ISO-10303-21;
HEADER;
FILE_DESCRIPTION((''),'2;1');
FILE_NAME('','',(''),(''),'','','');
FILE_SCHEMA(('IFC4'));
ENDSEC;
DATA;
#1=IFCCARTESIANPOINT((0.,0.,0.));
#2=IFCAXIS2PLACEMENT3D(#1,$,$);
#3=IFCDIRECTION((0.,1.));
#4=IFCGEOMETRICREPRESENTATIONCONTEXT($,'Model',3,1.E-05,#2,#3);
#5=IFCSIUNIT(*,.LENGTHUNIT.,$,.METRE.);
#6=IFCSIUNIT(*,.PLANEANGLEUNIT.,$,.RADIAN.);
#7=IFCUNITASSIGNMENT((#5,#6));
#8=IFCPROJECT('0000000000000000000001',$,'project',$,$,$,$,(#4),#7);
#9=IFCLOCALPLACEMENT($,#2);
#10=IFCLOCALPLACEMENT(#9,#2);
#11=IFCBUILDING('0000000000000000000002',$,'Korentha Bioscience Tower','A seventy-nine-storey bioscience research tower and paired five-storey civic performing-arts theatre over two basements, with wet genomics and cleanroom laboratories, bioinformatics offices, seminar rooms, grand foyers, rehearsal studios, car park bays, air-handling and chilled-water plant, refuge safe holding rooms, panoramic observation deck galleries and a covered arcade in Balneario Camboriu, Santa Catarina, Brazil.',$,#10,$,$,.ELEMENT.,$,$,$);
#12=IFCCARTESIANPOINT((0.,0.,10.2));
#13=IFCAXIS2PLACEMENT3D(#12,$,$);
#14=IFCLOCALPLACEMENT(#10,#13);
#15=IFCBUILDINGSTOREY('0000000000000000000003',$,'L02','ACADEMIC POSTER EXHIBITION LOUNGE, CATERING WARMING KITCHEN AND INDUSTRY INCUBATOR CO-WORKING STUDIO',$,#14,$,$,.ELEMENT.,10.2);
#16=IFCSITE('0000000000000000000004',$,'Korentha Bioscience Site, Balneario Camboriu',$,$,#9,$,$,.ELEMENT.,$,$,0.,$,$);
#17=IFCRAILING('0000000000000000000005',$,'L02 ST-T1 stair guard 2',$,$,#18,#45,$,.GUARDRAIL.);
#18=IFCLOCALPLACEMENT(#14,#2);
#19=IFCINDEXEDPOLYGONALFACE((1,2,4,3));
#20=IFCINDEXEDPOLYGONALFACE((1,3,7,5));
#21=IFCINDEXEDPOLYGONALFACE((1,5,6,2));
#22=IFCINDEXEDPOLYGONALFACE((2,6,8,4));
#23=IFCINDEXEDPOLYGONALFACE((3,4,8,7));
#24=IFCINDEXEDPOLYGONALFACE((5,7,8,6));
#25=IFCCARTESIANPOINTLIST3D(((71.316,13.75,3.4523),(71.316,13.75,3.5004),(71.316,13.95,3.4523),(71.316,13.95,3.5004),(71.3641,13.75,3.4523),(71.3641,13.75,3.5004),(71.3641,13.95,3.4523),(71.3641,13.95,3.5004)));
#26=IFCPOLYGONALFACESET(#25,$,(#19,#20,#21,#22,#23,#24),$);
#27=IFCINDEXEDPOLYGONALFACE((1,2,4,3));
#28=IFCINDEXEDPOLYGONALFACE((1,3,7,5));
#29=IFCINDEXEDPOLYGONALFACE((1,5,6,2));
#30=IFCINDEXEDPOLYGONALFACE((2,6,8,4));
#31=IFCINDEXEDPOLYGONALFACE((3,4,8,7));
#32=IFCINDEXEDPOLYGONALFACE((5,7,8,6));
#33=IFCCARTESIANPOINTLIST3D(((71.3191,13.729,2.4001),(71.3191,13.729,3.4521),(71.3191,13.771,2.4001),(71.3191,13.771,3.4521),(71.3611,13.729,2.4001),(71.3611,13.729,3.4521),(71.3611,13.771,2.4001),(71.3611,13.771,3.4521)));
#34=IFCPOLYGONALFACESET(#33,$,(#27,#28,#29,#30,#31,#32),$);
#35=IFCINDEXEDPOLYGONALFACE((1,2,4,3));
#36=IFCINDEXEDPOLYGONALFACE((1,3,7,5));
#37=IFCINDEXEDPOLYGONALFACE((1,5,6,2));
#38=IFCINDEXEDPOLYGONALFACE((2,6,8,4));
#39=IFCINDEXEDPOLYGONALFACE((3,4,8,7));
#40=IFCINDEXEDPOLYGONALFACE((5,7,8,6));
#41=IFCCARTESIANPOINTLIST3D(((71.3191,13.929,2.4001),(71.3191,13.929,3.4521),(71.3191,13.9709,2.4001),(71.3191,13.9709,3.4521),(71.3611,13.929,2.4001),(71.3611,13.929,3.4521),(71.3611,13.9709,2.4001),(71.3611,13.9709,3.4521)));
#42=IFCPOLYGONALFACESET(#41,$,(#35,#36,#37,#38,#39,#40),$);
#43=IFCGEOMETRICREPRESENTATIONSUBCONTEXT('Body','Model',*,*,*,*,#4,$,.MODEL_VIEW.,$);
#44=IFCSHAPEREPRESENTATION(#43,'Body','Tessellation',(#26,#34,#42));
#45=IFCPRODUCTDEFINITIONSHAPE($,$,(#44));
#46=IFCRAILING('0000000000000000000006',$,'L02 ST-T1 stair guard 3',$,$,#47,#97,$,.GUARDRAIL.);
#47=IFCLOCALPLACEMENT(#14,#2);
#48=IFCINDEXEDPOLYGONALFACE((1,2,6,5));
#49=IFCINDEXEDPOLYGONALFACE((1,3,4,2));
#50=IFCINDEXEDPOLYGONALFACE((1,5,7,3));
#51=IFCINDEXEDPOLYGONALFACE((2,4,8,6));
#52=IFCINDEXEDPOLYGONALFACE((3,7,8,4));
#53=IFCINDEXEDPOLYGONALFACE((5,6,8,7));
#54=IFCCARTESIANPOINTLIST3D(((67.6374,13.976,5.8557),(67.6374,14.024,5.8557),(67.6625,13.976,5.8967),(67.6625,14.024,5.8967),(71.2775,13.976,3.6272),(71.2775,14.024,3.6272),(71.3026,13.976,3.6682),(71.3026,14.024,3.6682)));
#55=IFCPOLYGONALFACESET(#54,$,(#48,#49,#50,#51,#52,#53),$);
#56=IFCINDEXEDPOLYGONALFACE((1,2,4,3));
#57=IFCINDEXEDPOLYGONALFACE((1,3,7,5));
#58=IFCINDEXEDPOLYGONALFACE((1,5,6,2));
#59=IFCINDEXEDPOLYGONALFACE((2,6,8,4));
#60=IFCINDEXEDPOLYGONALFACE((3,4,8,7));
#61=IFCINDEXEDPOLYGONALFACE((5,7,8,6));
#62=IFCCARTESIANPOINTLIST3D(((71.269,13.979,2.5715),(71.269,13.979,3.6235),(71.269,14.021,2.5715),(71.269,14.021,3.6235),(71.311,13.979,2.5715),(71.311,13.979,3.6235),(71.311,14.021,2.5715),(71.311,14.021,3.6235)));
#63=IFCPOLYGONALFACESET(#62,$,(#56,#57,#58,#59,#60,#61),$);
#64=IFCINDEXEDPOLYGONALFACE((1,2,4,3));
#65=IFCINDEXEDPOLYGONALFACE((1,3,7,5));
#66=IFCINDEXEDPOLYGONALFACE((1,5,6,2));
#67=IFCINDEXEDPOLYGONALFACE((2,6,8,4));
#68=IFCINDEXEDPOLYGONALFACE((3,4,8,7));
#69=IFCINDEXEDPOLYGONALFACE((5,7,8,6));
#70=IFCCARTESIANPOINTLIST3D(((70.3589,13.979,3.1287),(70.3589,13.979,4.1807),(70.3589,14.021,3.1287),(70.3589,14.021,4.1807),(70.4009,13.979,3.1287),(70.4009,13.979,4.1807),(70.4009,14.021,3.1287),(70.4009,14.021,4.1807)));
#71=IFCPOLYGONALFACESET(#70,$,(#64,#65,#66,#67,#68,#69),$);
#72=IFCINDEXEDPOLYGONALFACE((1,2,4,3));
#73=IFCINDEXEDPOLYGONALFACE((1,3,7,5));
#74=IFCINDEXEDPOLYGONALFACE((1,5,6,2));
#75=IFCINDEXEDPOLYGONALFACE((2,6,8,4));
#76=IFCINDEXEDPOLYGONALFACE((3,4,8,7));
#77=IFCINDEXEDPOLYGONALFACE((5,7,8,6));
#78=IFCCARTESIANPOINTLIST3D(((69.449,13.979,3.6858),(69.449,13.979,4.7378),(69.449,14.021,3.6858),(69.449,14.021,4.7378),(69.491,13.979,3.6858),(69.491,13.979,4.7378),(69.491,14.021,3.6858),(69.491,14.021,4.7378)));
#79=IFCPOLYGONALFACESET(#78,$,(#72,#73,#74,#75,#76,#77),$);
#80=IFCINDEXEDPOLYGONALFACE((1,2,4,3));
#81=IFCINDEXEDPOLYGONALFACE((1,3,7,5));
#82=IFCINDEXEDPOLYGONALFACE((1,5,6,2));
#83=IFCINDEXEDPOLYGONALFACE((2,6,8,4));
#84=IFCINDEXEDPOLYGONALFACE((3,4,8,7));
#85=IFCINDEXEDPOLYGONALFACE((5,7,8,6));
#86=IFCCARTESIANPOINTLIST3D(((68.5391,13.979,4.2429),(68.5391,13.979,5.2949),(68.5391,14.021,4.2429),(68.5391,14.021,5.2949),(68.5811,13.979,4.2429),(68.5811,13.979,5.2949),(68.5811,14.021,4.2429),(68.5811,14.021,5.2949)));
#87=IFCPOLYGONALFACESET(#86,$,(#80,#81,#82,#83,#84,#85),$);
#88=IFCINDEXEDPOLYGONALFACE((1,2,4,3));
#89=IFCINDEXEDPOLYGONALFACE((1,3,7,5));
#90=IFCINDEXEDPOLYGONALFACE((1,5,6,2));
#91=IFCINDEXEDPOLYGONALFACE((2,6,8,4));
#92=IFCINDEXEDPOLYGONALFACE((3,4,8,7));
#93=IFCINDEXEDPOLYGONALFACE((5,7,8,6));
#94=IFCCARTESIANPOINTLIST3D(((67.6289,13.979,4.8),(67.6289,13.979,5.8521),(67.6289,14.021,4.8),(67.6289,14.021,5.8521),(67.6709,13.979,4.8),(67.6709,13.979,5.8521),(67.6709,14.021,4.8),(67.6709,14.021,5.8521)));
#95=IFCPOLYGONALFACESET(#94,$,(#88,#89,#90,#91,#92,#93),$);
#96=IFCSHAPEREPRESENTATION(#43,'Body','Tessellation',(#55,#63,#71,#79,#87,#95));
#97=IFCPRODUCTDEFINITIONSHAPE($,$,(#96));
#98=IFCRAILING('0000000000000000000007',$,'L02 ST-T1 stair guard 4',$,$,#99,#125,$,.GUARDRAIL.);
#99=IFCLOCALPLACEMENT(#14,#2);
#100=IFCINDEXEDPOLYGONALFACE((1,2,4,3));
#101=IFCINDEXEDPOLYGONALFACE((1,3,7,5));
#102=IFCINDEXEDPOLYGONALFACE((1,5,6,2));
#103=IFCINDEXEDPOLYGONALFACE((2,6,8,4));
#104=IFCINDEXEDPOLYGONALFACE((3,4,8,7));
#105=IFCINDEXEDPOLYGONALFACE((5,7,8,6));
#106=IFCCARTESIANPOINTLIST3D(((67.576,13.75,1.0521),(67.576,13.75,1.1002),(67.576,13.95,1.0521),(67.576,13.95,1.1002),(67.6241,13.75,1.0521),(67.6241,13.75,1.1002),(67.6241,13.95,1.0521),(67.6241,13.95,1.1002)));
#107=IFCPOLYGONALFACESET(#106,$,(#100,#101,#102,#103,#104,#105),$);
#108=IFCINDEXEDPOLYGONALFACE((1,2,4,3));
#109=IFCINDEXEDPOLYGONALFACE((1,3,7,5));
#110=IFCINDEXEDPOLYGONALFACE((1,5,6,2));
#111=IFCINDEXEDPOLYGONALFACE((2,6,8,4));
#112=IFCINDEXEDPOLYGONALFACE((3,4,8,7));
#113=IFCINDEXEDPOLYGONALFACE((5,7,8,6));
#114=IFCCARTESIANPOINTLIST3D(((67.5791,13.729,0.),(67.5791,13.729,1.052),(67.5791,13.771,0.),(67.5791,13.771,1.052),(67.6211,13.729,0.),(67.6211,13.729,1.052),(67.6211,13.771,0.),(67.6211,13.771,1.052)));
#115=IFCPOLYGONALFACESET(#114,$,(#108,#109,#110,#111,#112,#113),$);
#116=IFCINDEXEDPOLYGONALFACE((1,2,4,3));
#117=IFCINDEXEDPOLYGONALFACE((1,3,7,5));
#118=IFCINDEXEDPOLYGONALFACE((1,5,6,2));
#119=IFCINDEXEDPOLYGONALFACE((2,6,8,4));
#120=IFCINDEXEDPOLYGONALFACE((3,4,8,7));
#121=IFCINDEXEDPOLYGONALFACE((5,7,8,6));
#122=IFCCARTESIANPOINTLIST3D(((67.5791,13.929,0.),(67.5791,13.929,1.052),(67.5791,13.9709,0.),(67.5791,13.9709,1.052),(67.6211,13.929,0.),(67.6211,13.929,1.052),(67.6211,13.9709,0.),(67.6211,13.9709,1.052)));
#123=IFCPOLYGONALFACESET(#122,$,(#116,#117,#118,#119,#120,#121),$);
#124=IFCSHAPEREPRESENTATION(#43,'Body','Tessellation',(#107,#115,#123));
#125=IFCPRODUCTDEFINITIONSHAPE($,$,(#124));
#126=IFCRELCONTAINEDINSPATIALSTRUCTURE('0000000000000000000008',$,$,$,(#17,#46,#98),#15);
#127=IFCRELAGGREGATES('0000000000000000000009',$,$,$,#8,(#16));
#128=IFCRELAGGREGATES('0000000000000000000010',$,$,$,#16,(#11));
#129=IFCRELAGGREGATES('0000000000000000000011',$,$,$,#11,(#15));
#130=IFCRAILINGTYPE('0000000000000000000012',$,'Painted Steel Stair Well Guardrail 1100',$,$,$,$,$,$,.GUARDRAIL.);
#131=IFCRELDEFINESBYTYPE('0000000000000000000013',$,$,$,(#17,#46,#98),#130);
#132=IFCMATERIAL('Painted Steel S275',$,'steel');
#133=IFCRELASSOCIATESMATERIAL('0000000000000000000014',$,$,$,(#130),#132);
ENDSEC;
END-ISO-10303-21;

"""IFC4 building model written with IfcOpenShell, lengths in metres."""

from ifc_helpers import new_model, si_unit, direction, frame, origin, origin_2d, place, context, subcontext, project, spatial, rectangle, extrude, material, type_object, element, save


model = new_model("IFC4")

# Units and contexts
model_context = context("Model", 3, precision=1e-05, world=origin(), true_north=direction((0.0, 1.0)))
body_context = subcontext(model_context, "Body", "Model", "MODEL_VIEW")
ifc_project = project(units=[si_unit("LENGTHUNIT", "METRE"), si_unit("PLANEANGLEUNIT", "RADIAN")], contexts=[model_context])

# Site, building, storey
site_placement = place(None, origin())
site = spatial("IfcSite", under=ifc_project, at=site_placement, Name="Korentha Bioscience Site, Balneario Camboriu", CompositionType="ELEMENT", RefElevation=0.0)
building_placement = place(site_placement, origin())
building = spatial("IfcBuilding", under=site, at=building_placement, Name="Korentha Bioscience Tower", Description="A seventy-nine-storey bioscience research tower and paired five-storey civic performing-arts theatre over two basements, with wet genomics and cleanroom laboratories, bioinformatics offices, seminar rooms, grand foyers, rehearsal studios, car park bays, air-handling and chilled-water plant, refuge safe holding rooms, panoramic observation deck galleries and a covered arcade in Balneario Camboriu, Santa Catarina, Brazil.", CompositionType="ELEMENT")
storey_placement = place(building_placement, frame((0.0, 0.0, 10.2)))
storey = spatial("IfcBuildingStorey", under=building, at=storey_placement, Name="L02", Description="ACADEMIC POSTER EXHIBITION LOUNGE, CATERING WARMING KITCHEN AND INDUSTRY INCUBATOR CO-WORKING STUDIO", CompositionType="ELEMENT", Elevation=10.2)

# Railings
ifc_material_1 = material(Name="Painted Steel S275", Category="steel")
railing_type_1 = type_object("IfcRailingType", Name="Painted Steel Stair Well Guardrail 1100", PredefinedType="GUARDRAIL", material=ifc_material_1)
railing_1_placement = place(storey_placement, frame((71.3401, 13.75, 2.4001)))
element("IfcRailing", 1, at=railing_1_placement, inside=storey, type_object=railing_type_1, Name="L02 ST-T1 stair guard 2", PredefinedType="GUARDRAIL", context=body_context, shape_type="SweptSolid", body=[
    extrude(rectangle(XDim=0.0481, YDim=0.0481, at=origin_2d()), frame((0.0, 0.0, 1.0762), z_axis=(0.0, 1.0, 0.0), x_axis=(-1.0, 0.0, 0.0)), (0.0, 0.0, 1.0), 0.2),
    extrude(rectangle(XDim=0.042, YDim=0.042, at=origin_2d()), origin(), (0.0, 0.0, 1.0), 1.052),
    extrude(rectangle(XDim=0.042, YDim=0.042, at=origin_2d()), frame((0.0, 0.2, 0.0)), (0.0, 0.0, 1.0), 1.052),
])
railing_2_placement = place(storey_placement, frame((71.29, 14.0, 2.5715)))
element("IfcRailing", 2, at=railing_2_placement, inside=storey, type_object=railing_type_1, Name="L02 ST-T1 stair guard 3", PredefinedType="GUARDRAIL", context=body_context, shape_type="SweptSolid", body=[
    extrude(rectangle(XDim=0.0481, YDim=0.0481, at=origin_2d()), frame((0.0, 0.0, 1.0762), z_axis=(-0.852866, 0.0, 0.52213), x_axis=(0.0, -1.0, 0.0)), (0.0, 0.0, 1.0), 4.2681),
    extrude(rectangle(XDim=0.042, YDim=0.042, at=origin_2d()), origin(), (0.0, 0.0, 1.0), 1.052),
    extrude(rectangle(XDim=0.042, YDim=0.042, at=origin_2d()), frame((-0.9102, 0.0, 0.5571)), (0.0, 0.0, 1.0), 1.052),
    extrude(rectangle(XDim=0.042, YDim=0.042, at=origin_2d()), frame((-1.8201, 0.0, 1.1143)), (0.0, 0.0, 1.0), 1.052),
    extrude(rectangle(XDim=0.042, YDim=0.042, at=origin_2d()), frame((-2.73, 0.0, 1.6714)), (0.0, 0.0, 1.0), 1.052),
    extrude(rectangle(XDim=0.042, YDim=0.042, at=origin_2d()), frame((-3.6401, 0.0, 2.2285)), (0.0, 0.0, 1.0), 1.052),
])
railing_3_placement = place(storey_placement, frame((67.6001, 13.75, 0.0)))
element("IfcRailing", 3, at=railing_3_placement, inside=storey, type_object=railing_type_1, Name="L02 ST-T1 stair guard 4", PredefinedType="GUARDRAIL", context=body_context, shape_type="SweptSolid", body=[
    extrude(rectangle(XDim=0.0481, YDim=0.0481, at=origin_2d()), frame((0.0, 0.0, 1.0762), z_axis=(0.0, 1.0, 0.0), x_axis=(-1.0, 0.0, 0.0)), (0.0, 0.0, 1.0), 0.2),
    extrude(rectangle(XDim=0.042, YDim=0.042, at=origin_2d()), origin(), (0.0, 0.0, 1.0), 1.052),
    extrude(rectangle(XDim=0.042, YDim=0.042, at=origin_2d()), frame((0.0, 0.2, 0.0)), (0.0, 0.0, 1.0), 1.052),
])

save(model, "model.ifc")
